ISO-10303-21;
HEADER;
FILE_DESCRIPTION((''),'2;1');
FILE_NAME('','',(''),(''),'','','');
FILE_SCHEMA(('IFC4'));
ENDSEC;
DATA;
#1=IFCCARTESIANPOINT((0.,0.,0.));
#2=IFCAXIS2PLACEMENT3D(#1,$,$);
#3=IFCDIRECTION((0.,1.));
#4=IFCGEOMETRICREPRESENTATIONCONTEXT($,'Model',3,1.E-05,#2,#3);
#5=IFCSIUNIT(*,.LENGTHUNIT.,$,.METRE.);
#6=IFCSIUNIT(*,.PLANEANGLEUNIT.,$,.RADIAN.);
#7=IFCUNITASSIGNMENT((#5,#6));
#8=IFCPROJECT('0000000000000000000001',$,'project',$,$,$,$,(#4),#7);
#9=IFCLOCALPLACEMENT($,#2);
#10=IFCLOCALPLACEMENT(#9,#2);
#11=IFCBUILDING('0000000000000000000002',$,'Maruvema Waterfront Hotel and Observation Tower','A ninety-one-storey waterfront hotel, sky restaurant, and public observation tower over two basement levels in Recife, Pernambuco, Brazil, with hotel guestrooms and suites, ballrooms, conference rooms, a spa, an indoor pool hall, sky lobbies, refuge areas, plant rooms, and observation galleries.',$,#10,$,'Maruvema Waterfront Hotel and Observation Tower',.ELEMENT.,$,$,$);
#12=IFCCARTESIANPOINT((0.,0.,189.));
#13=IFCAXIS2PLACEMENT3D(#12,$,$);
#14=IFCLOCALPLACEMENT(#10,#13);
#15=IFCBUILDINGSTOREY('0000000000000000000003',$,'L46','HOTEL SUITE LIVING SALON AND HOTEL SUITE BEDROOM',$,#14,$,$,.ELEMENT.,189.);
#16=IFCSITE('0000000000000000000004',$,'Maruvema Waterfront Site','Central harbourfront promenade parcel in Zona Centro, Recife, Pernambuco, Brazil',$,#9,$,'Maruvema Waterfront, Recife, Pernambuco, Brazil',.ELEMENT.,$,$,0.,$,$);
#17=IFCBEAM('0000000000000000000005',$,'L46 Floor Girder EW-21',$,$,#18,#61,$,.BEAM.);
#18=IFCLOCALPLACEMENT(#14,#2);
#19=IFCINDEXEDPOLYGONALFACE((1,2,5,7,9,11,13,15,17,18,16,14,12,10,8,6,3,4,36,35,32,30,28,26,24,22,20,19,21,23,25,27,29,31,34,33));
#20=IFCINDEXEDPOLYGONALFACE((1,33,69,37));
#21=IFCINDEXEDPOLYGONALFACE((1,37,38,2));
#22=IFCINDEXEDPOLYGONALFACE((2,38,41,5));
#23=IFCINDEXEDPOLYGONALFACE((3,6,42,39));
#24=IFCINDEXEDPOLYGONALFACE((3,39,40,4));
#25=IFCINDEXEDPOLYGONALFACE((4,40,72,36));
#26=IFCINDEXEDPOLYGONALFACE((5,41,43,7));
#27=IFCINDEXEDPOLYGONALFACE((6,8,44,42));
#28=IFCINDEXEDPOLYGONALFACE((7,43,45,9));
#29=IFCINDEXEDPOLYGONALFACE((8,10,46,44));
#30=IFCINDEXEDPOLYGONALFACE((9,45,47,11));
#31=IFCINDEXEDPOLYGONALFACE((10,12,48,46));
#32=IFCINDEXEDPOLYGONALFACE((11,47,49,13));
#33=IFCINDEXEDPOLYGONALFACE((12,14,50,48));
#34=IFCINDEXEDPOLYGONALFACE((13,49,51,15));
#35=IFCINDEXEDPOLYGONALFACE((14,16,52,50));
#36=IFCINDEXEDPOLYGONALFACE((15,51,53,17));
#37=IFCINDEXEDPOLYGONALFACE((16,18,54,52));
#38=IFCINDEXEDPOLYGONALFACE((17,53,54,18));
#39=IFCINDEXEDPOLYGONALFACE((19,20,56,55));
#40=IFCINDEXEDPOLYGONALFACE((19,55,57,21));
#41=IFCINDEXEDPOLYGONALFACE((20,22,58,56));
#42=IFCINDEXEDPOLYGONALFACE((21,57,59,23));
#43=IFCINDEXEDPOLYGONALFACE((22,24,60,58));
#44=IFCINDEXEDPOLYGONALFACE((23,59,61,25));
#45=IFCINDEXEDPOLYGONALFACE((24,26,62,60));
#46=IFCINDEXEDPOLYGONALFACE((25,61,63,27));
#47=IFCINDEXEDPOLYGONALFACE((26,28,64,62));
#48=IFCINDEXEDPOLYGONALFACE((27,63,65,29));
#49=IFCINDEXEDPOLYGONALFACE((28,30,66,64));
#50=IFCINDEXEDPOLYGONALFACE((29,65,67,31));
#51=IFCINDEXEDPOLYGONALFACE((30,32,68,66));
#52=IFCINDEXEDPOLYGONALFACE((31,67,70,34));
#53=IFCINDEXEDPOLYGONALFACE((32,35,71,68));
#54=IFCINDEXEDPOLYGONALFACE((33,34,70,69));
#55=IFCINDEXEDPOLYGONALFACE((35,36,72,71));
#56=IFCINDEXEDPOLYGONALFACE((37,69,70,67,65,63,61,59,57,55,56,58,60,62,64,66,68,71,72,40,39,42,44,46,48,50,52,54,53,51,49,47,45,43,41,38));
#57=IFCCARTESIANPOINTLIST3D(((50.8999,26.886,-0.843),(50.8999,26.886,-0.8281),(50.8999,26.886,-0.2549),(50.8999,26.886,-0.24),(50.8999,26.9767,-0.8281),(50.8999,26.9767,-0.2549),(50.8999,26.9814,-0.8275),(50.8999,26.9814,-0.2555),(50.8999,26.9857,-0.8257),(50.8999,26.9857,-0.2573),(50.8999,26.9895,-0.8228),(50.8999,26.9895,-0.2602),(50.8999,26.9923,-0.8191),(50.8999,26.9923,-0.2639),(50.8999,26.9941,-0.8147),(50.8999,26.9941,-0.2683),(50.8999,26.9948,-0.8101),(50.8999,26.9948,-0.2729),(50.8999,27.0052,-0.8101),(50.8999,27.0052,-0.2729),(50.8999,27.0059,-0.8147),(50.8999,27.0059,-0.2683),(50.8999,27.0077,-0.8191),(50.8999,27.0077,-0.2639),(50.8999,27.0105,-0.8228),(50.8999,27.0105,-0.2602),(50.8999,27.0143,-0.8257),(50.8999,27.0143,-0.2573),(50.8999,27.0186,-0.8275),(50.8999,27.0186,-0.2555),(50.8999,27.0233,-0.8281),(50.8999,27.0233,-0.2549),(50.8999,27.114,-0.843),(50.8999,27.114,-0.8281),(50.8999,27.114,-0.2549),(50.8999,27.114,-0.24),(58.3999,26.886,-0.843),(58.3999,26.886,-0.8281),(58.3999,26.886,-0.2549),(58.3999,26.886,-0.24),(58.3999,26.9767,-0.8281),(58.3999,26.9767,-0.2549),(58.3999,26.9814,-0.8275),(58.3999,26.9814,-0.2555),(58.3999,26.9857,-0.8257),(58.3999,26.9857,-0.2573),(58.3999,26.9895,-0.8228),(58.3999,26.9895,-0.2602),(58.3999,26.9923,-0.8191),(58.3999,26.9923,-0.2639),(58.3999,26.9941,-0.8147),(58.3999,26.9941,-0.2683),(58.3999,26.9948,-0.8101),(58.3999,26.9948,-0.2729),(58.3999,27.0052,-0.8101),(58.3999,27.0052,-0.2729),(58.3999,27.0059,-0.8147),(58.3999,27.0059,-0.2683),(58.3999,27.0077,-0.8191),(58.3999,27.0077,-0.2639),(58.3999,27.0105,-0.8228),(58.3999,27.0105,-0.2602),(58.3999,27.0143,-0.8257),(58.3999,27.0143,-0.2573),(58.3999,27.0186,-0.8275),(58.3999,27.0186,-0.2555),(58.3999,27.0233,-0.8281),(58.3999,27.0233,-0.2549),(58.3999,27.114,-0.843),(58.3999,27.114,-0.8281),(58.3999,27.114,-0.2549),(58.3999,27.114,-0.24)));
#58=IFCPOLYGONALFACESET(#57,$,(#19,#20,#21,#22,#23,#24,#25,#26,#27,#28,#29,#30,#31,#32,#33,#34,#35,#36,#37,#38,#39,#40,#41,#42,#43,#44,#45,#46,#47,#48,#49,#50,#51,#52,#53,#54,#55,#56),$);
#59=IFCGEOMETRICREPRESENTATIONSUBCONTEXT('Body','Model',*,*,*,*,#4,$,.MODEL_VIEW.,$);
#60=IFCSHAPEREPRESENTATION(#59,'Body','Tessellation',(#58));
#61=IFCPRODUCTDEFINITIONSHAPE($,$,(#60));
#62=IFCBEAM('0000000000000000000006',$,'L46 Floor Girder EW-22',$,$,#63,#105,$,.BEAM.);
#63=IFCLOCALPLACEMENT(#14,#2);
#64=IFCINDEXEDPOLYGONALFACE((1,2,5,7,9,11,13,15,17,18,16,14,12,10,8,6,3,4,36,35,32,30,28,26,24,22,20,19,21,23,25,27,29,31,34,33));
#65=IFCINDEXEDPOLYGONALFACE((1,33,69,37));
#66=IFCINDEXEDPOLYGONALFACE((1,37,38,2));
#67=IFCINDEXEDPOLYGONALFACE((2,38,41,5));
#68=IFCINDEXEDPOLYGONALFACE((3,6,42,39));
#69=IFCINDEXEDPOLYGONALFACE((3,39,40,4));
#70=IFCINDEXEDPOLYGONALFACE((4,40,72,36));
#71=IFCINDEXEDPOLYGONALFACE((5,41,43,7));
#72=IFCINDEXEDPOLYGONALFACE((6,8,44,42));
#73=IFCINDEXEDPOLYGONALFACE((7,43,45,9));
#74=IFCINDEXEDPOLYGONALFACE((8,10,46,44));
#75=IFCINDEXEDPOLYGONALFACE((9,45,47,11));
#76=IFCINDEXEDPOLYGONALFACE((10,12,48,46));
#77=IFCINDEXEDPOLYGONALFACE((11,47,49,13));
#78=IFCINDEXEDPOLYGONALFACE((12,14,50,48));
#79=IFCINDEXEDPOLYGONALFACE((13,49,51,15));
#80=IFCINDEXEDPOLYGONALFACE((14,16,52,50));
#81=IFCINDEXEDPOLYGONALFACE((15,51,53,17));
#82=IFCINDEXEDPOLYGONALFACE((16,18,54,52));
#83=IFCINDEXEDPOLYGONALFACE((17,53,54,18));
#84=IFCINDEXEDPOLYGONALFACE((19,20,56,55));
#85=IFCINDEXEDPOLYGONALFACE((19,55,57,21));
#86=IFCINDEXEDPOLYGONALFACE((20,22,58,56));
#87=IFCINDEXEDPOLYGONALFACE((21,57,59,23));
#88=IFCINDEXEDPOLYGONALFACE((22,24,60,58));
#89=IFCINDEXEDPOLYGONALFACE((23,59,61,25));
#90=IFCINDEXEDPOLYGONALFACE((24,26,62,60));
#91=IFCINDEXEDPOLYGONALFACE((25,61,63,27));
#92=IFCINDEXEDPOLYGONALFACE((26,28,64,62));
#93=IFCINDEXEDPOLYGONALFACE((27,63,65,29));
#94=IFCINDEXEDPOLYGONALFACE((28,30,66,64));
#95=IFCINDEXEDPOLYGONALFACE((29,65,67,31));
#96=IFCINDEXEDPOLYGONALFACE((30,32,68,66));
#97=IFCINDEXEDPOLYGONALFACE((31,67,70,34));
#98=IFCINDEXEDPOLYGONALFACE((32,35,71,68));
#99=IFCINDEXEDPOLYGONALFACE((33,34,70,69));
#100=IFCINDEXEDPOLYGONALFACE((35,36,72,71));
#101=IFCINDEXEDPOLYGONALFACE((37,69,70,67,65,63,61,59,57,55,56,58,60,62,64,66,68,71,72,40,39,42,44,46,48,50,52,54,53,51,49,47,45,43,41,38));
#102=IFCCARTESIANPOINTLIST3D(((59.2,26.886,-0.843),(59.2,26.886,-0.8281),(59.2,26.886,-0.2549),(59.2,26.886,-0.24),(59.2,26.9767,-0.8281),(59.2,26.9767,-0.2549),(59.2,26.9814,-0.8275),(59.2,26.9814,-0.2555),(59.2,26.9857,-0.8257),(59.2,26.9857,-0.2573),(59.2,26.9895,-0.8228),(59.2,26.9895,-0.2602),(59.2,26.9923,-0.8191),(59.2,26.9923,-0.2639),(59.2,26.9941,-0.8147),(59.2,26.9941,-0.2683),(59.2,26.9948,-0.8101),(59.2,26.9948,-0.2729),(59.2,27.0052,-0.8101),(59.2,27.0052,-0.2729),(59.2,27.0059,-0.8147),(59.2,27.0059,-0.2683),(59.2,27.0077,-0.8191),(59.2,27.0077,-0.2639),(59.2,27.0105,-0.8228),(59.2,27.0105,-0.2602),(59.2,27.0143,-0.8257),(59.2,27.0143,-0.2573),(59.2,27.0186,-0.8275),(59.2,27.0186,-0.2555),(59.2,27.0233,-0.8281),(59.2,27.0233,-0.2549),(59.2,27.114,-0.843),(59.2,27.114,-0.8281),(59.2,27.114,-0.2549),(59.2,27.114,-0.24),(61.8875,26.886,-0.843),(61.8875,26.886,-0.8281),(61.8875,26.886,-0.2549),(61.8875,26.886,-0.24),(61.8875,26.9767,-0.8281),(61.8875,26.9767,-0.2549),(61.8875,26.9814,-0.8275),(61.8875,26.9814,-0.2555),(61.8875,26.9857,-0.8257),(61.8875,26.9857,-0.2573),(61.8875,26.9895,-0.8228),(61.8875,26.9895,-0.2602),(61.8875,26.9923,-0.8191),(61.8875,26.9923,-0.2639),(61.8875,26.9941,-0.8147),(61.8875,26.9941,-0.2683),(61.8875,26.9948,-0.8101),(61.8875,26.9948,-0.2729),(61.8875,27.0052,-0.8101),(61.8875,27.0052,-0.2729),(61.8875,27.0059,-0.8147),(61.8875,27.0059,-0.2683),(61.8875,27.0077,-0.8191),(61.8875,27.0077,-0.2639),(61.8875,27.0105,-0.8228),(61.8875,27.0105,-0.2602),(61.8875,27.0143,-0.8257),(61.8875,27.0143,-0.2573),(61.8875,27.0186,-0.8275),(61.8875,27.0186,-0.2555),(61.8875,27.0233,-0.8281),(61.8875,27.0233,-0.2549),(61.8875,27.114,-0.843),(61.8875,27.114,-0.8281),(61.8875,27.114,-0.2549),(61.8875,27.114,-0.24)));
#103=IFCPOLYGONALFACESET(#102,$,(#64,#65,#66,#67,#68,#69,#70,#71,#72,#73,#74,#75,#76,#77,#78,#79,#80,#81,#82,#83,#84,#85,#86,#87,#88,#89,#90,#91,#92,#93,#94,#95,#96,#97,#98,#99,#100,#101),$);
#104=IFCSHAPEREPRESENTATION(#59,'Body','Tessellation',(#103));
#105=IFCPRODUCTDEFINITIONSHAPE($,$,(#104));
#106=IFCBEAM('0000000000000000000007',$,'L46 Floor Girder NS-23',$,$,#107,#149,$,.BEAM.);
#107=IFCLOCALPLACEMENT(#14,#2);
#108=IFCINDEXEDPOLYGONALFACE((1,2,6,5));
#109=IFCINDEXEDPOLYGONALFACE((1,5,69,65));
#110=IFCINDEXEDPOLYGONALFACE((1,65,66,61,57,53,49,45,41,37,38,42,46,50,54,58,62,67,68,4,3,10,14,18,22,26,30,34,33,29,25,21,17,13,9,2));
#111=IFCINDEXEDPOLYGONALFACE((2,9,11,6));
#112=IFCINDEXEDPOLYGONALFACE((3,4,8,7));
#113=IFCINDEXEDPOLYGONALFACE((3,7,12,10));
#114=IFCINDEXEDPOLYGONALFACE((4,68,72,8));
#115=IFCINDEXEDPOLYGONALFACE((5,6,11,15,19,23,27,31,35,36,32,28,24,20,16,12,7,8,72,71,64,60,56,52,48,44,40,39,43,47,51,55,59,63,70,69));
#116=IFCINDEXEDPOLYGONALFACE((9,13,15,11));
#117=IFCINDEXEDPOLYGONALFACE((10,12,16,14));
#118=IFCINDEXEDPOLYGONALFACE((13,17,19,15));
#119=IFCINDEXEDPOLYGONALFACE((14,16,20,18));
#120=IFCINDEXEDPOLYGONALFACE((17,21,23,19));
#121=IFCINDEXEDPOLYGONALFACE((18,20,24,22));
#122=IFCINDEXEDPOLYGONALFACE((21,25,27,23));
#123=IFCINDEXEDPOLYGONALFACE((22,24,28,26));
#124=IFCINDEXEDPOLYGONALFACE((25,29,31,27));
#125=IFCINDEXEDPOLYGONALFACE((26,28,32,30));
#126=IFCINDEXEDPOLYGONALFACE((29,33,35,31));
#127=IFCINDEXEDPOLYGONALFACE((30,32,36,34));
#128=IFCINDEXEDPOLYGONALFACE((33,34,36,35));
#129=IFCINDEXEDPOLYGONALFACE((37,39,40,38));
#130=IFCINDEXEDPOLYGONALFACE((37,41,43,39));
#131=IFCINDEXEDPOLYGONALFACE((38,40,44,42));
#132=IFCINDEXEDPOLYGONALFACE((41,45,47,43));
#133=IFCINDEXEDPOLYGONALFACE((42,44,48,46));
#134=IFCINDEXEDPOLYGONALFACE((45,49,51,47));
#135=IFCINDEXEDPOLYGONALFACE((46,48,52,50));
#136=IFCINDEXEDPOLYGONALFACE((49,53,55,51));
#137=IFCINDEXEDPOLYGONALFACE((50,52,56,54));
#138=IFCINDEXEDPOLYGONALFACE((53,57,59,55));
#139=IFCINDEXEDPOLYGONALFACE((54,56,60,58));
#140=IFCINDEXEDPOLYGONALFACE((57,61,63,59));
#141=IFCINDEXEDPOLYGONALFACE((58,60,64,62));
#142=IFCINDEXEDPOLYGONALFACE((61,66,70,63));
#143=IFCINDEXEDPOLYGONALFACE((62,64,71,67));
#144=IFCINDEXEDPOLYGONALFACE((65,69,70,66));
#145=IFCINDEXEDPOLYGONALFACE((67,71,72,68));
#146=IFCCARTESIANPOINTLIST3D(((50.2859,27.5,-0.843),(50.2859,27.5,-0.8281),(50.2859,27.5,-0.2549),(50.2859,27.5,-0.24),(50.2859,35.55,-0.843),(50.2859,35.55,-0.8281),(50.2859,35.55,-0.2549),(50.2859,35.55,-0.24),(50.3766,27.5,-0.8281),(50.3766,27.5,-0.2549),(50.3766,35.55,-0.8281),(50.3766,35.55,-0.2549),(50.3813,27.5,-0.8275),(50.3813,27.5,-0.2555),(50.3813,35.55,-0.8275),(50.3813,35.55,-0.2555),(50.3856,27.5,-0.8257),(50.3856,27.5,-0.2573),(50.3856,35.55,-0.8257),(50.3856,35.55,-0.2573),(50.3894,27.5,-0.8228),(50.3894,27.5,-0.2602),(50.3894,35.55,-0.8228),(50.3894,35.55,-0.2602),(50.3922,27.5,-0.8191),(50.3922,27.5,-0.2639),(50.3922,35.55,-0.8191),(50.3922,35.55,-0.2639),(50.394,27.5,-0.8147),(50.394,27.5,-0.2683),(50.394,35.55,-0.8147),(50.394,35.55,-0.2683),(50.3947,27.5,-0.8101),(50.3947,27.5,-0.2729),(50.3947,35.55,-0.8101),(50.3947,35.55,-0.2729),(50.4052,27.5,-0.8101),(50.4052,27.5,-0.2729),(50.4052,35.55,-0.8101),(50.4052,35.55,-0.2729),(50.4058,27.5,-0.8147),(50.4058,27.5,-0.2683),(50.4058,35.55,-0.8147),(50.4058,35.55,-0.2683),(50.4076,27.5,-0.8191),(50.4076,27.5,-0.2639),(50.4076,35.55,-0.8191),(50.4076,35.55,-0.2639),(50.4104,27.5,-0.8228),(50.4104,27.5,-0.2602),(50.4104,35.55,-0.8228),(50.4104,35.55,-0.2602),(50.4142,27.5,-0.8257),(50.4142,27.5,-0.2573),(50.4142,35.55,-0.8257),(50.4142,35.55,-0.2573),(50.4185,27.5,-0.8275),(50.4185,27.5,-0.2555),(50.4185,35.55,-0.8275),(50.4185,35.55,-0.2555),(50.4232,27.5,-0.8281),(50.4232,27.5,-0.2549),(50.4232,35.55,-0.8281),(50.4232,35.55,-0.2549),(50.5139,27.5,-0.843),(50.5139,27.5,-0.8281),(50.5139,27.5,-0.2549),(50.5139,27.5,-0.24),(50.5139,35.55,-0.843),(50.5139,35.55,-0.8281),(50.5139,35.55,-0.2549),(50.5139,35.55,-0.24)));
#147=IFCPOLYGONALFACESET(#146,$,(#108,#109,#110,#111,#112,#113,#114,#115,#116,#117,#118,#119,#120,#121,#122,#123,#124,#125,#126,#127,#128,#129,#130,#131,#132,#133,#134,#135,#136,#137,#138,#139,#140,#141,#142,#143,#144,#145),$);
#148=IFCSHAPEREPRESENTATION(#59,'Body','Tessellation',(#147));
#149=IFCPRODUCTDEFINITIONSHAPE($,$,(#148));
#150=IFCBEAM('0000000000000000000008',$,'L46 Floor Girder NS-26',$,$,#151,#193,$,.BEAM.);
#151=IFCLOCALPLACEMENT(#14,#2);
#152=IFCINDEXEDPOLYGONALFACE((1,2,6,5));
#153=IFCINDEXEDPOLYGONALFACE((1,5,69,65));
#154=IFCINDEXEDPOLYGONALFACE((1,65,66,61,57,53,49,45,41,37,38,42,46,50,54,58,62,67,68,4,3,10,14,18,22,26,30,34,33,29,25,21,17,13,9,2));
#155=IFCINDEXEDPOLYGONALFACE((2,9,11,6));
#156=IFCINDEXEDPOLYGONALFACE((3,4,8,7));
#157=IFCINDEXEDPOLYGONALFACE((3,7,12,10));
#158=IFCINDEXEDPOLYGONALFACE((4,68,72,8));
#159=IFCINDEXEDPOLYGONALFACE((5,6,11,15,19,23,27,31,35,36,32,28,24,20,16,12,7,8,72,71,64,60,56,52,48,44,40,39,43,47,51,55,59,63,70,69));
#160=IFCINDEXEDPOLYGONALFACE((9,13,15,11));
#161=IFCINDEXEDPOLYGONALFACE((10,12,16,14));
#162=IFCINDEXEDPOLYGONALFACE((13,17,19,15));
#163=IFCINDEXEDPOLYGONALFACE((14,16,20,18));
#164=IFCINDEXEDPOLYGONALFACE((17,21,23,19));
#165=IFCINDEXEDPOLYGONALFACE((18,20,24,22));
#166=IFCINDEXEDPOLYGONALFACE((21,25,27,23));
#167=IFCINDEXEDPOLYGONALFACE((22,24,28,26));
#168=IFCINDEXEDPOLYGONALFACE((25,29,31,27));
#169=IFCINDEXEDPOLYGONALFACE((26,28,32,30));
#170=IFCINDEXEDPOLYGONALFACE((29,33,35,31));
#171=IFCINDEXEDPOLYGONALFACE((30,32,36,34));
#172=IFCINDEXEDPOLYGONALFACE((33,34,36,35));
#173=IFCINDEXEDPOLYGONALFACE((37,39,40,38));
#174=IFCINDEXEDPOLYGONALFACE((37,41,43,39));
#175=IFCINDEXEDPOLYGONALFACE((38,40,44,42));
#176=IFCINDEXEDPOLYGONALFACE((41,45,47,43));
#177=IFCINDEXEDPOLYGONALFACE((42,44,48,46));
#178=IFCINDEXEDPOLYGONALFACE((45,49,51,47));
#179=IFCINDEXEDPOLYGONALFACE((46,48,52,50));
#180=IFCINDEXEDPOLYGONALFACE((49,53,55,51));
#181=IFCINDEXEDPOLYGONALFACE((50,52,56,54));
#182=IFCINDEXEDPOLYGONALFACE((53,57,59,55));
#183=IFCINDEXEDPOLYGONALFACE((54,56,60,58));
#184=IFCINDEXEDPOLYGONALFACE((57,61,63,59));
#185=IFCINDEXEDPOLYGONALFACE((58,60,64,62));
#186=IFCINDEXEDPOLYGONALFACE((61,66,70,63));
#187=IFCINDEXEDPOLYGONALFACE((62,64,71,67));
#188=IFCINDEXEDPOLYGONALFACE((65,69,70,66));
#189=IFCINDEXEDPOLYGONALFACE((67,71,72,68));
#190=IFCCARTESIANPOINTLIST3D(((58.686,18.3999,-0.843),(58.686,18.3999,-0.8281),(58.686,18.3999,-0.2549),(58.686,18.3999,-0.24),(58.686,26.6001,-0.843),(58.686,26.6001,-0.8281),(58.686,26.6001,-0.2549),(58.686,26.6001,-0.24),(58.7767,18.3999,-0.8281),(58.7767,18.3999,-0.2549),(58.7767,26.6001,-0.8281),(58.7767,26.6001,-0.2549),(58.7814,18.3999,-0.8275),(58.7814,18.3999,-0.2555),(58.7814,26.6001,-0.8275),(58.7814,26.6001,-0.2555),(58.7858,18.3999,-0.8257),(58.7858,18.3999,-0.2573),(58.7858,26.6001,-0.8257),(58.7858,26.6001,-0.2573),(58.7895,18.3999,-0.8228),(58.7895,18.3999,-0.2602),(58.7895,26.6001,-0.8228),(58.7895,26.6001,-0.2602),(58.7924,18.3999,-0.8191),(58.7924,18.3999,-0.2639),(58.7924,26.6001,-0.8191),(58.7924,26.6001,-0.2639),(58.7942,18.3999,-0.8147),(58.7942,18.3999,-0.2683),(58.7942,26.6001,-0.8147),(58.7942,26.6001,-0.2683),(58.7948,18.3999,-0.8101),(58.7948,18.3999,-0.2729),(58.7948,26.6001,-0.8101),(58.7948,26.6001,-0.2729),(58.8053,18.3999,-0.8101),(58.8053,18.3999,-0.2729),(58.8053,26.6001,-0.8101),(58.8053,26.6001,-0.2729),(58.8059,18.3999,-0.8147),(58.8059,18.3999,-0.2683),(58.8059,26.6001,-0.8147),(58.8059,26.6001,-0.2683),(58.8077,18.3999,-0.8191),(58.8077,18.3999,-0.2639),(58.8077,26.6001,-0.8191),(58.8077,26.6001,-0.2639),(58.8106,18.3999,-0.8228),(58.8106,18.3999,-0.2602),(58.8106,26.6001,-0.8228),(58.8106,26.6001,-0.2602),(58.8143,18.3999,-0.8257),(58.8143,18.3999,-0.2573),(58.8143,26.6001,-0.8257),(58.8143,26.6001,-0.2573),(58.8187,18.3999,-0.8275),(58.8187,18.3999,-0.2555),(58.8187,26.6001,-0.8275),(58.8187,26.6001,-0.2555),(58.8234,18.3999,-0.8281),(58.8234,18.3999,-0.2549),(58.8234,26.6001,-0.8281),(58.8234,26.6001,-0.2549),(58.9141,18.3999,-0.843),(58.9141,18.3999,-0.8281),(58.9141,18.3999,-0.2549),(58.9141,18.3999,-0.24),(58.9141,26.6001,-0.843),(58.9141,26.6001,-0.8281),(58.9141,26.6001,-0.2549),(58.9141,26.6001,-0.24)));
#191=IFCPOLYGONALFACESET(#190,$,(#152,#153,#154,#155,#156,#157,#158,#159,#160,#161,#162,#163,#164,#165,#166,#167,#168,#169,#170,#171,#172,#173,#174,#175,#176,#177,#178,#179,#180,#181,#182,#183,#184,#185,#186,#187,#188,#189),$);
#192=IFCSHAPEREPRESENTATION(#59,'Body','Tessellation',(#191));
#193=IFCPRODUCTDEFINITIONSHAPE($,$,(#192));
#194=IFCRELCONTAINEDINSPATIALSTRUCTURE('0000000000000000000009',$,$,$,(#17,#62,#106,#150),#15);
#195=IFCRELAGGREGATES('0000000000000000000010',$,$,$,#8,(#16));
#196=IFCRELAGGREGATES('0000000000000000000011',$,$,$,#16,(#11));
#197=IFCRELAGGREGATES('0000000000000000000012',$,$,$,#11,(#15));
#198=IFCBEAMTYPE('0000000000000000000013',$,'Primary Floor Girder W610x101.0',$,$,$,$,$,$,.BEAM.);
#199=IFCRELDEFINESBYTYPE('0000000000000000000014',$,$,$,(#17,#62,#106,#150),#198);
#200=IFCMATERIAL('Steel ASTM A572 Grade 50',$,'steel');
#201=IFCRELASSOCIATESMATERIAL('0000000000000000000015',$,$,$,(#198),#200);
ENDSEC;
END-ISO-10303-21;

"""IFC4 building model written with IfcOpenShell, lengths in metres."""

from ifc_helpers import new_model, si_unit, direction, frame, origin, origin_2d, place, context, subcontext, project, spatial, i_section, extrude, material, material_profile, profile_set, type_object, element, save


model = new_model("IFC4")

# Units and contexts
model_context = context("Model", 3, precision=1e-05, world=origin(), true_north=direction((0.0, 1.0)))
body_context = subcontext(model_context, "Body", "Model", "MODEL_VIEW")
ifc_project = project(units=[si_unit("LENGTHUNIT", "METRE"), si_unit("PLANEANGLEUNIT", "RADIAN")], contexts=[model_context])

# Site, building, storey
site_placement = place(None, origin())
site = spatial("IfcSite", under=ifc_project, at=site_placement, Name="Maruvema Waterfront Site", Description="Central harbourfront promenade parcel in Zona Centro, Recife, Pernambuco, Brazil", LongName="Maruvema Waterfront, Recife, Pernambuco, Brazil", CompositionType="ELEMENT", RefElevation=0.0)
building_placement = place(site_placement, origin())
building = spatial("IfcBuilding", under=site, at=building_placement, Name="Maruvema Waterfront Hotel and Observation Tower", Description="A ninety-one-storey waterfront hotel, sky restaurant, and public observation tower over two basement levels in Recife, Pernambuco, Brazil, with hotel guestrooms and suites, ballrooms, conference rooms, a spa, an indoor pool hall, sky lobbies, refuge areas, plant rooms, and observation galleries.", LongName="Maruvema Waterfront Hotel and Observation Tower", CompositionType="ELEMENT")
storey_placement = place(building_placement, frame((0.0, 0.0, 189.0)))
storey = spatial("IfcBuildingStorey", under=building, at=storey_placement, Name="L46", Description="HOTEL SUITE LIVING SALON AND HOTEL SUITE BEDROOM", CompositionType="ELEMENT", Elevation=189.0)

# Beams
ifc_material_1 = material(Name="Steel ASTM A572 Grade 50", Category="steel")
ifc_material_profile_1 = material_profile(ifc_material_1, i_section(OverallWidth=0.228, OverallDepth=0.603, WebThickness=0.0105, FlangeThickness=0.0149, FilletRadius=0.0181, at=origin_2d()), Name="W610x101.0")
ifc_profile_set_1 = profile_set([ifc_material_profile_1], Name="Steel ASTM A572 Grade 50")
beam_type_1 = type_object("IfcBeamType", Name="Primary Floor Girder W610x101.0", PredefinedType="BEAM", material=ifc_profile_set_1)
beam_1_placement = place(storey_placement, frame((50.8999, 27.0, -0.5415), z_axis=(1.0, 0.0, 0.0), x_axis=(0.0, 1.0, 0.0)))
element("IfcBeam", 1, at=beam_1_placement, inside=storey, type_object=beam_type_1, Name="L46 Floor Girder EW-21", PredefinedType="BEAM", context=body_context, shape_type="SweptSolid", body=[
    extrude(i_section(OverallWidth=0.228, OverallDepth=0.603, WebThickness=0.0105, FlangeThickness=0.0149, FilletRadius=0.0181, at=origin_2d()), origin(), (0.0, 0.0, 1.0), 7.5),
])
beam_2_placement = place(storey_placement, frame((59.2, 27.0, -0.5415), z_axis=(1.0, 0.0, 0.0), x_axis=(0.0, 1.0, 0.0)))
element("IfcBeam", 2, at=beam_2_placement, inside=storey, type_object=beam_type_1, Name="L46 Floor Girder EW-22", PredefinedType="BEAM", context=body_context, shape_type="SweptSolid", body=[
    extrude(i_section(OverallWidth=0.228, OverallDepth=0.603, WebThickness=0.0105, FlangeThickness=0.0149, FilletRadius=0.0181, at=origin_2d()), origin(), (0.0, 0.0, 1.0), 2.6875),
])
beam_3_placement = place(storey_placement, frame((50.3999, 27.5, -0.5415), z_axis=(0.0, 1.0, 0.0), x_axis=(-1.0, 0.0, 0.0)))
element("IfcBeam", 3, at=beam_3_placement, inside=storey, type_object=beam_type_1, Name="L46 Floor Girder NS-23", PredefinedType="BEAM", context=body_context, shape_type="SweptSolid", body=[
    extrude(i_section(OverallWidth=0.228, OverallDepth=0.603, WebThickness=0.0105, FlangeThickness=0.0149, FilletRadius=0.0181, at=origin_2d()), origin(), (0.0, 0.0, 1.0), 8.05),
])
for number, where, z_axis, x_axis, name in (
    (4, (58.8, 18.3999, -0.5415), (0.0, 1.0, 0.0), (-1.0, 0.0, 0.0), "L46 Floor Girder NS-26"),
):
    element("IfcBeam", number, at=place(storey_placement, frame(where, z_axis=z_axis, x_axis=x_axis)), inside=storey, type_object=beam_type_1, Name=name, PredefinedType="BEAM", context=body_context, shape_type="SweptSolid", body=[
        extrude(i_section(OverallWidth=0.228, OverallDepth=0.603, WebThickness=0.0105, FlangeThickness=0.0149, FilletRadius=0.0181, at=origin_2d()), origin(), (0.0, 0.0, 1.0), 8.2002),
    ])

save(model, "model.ifc")
